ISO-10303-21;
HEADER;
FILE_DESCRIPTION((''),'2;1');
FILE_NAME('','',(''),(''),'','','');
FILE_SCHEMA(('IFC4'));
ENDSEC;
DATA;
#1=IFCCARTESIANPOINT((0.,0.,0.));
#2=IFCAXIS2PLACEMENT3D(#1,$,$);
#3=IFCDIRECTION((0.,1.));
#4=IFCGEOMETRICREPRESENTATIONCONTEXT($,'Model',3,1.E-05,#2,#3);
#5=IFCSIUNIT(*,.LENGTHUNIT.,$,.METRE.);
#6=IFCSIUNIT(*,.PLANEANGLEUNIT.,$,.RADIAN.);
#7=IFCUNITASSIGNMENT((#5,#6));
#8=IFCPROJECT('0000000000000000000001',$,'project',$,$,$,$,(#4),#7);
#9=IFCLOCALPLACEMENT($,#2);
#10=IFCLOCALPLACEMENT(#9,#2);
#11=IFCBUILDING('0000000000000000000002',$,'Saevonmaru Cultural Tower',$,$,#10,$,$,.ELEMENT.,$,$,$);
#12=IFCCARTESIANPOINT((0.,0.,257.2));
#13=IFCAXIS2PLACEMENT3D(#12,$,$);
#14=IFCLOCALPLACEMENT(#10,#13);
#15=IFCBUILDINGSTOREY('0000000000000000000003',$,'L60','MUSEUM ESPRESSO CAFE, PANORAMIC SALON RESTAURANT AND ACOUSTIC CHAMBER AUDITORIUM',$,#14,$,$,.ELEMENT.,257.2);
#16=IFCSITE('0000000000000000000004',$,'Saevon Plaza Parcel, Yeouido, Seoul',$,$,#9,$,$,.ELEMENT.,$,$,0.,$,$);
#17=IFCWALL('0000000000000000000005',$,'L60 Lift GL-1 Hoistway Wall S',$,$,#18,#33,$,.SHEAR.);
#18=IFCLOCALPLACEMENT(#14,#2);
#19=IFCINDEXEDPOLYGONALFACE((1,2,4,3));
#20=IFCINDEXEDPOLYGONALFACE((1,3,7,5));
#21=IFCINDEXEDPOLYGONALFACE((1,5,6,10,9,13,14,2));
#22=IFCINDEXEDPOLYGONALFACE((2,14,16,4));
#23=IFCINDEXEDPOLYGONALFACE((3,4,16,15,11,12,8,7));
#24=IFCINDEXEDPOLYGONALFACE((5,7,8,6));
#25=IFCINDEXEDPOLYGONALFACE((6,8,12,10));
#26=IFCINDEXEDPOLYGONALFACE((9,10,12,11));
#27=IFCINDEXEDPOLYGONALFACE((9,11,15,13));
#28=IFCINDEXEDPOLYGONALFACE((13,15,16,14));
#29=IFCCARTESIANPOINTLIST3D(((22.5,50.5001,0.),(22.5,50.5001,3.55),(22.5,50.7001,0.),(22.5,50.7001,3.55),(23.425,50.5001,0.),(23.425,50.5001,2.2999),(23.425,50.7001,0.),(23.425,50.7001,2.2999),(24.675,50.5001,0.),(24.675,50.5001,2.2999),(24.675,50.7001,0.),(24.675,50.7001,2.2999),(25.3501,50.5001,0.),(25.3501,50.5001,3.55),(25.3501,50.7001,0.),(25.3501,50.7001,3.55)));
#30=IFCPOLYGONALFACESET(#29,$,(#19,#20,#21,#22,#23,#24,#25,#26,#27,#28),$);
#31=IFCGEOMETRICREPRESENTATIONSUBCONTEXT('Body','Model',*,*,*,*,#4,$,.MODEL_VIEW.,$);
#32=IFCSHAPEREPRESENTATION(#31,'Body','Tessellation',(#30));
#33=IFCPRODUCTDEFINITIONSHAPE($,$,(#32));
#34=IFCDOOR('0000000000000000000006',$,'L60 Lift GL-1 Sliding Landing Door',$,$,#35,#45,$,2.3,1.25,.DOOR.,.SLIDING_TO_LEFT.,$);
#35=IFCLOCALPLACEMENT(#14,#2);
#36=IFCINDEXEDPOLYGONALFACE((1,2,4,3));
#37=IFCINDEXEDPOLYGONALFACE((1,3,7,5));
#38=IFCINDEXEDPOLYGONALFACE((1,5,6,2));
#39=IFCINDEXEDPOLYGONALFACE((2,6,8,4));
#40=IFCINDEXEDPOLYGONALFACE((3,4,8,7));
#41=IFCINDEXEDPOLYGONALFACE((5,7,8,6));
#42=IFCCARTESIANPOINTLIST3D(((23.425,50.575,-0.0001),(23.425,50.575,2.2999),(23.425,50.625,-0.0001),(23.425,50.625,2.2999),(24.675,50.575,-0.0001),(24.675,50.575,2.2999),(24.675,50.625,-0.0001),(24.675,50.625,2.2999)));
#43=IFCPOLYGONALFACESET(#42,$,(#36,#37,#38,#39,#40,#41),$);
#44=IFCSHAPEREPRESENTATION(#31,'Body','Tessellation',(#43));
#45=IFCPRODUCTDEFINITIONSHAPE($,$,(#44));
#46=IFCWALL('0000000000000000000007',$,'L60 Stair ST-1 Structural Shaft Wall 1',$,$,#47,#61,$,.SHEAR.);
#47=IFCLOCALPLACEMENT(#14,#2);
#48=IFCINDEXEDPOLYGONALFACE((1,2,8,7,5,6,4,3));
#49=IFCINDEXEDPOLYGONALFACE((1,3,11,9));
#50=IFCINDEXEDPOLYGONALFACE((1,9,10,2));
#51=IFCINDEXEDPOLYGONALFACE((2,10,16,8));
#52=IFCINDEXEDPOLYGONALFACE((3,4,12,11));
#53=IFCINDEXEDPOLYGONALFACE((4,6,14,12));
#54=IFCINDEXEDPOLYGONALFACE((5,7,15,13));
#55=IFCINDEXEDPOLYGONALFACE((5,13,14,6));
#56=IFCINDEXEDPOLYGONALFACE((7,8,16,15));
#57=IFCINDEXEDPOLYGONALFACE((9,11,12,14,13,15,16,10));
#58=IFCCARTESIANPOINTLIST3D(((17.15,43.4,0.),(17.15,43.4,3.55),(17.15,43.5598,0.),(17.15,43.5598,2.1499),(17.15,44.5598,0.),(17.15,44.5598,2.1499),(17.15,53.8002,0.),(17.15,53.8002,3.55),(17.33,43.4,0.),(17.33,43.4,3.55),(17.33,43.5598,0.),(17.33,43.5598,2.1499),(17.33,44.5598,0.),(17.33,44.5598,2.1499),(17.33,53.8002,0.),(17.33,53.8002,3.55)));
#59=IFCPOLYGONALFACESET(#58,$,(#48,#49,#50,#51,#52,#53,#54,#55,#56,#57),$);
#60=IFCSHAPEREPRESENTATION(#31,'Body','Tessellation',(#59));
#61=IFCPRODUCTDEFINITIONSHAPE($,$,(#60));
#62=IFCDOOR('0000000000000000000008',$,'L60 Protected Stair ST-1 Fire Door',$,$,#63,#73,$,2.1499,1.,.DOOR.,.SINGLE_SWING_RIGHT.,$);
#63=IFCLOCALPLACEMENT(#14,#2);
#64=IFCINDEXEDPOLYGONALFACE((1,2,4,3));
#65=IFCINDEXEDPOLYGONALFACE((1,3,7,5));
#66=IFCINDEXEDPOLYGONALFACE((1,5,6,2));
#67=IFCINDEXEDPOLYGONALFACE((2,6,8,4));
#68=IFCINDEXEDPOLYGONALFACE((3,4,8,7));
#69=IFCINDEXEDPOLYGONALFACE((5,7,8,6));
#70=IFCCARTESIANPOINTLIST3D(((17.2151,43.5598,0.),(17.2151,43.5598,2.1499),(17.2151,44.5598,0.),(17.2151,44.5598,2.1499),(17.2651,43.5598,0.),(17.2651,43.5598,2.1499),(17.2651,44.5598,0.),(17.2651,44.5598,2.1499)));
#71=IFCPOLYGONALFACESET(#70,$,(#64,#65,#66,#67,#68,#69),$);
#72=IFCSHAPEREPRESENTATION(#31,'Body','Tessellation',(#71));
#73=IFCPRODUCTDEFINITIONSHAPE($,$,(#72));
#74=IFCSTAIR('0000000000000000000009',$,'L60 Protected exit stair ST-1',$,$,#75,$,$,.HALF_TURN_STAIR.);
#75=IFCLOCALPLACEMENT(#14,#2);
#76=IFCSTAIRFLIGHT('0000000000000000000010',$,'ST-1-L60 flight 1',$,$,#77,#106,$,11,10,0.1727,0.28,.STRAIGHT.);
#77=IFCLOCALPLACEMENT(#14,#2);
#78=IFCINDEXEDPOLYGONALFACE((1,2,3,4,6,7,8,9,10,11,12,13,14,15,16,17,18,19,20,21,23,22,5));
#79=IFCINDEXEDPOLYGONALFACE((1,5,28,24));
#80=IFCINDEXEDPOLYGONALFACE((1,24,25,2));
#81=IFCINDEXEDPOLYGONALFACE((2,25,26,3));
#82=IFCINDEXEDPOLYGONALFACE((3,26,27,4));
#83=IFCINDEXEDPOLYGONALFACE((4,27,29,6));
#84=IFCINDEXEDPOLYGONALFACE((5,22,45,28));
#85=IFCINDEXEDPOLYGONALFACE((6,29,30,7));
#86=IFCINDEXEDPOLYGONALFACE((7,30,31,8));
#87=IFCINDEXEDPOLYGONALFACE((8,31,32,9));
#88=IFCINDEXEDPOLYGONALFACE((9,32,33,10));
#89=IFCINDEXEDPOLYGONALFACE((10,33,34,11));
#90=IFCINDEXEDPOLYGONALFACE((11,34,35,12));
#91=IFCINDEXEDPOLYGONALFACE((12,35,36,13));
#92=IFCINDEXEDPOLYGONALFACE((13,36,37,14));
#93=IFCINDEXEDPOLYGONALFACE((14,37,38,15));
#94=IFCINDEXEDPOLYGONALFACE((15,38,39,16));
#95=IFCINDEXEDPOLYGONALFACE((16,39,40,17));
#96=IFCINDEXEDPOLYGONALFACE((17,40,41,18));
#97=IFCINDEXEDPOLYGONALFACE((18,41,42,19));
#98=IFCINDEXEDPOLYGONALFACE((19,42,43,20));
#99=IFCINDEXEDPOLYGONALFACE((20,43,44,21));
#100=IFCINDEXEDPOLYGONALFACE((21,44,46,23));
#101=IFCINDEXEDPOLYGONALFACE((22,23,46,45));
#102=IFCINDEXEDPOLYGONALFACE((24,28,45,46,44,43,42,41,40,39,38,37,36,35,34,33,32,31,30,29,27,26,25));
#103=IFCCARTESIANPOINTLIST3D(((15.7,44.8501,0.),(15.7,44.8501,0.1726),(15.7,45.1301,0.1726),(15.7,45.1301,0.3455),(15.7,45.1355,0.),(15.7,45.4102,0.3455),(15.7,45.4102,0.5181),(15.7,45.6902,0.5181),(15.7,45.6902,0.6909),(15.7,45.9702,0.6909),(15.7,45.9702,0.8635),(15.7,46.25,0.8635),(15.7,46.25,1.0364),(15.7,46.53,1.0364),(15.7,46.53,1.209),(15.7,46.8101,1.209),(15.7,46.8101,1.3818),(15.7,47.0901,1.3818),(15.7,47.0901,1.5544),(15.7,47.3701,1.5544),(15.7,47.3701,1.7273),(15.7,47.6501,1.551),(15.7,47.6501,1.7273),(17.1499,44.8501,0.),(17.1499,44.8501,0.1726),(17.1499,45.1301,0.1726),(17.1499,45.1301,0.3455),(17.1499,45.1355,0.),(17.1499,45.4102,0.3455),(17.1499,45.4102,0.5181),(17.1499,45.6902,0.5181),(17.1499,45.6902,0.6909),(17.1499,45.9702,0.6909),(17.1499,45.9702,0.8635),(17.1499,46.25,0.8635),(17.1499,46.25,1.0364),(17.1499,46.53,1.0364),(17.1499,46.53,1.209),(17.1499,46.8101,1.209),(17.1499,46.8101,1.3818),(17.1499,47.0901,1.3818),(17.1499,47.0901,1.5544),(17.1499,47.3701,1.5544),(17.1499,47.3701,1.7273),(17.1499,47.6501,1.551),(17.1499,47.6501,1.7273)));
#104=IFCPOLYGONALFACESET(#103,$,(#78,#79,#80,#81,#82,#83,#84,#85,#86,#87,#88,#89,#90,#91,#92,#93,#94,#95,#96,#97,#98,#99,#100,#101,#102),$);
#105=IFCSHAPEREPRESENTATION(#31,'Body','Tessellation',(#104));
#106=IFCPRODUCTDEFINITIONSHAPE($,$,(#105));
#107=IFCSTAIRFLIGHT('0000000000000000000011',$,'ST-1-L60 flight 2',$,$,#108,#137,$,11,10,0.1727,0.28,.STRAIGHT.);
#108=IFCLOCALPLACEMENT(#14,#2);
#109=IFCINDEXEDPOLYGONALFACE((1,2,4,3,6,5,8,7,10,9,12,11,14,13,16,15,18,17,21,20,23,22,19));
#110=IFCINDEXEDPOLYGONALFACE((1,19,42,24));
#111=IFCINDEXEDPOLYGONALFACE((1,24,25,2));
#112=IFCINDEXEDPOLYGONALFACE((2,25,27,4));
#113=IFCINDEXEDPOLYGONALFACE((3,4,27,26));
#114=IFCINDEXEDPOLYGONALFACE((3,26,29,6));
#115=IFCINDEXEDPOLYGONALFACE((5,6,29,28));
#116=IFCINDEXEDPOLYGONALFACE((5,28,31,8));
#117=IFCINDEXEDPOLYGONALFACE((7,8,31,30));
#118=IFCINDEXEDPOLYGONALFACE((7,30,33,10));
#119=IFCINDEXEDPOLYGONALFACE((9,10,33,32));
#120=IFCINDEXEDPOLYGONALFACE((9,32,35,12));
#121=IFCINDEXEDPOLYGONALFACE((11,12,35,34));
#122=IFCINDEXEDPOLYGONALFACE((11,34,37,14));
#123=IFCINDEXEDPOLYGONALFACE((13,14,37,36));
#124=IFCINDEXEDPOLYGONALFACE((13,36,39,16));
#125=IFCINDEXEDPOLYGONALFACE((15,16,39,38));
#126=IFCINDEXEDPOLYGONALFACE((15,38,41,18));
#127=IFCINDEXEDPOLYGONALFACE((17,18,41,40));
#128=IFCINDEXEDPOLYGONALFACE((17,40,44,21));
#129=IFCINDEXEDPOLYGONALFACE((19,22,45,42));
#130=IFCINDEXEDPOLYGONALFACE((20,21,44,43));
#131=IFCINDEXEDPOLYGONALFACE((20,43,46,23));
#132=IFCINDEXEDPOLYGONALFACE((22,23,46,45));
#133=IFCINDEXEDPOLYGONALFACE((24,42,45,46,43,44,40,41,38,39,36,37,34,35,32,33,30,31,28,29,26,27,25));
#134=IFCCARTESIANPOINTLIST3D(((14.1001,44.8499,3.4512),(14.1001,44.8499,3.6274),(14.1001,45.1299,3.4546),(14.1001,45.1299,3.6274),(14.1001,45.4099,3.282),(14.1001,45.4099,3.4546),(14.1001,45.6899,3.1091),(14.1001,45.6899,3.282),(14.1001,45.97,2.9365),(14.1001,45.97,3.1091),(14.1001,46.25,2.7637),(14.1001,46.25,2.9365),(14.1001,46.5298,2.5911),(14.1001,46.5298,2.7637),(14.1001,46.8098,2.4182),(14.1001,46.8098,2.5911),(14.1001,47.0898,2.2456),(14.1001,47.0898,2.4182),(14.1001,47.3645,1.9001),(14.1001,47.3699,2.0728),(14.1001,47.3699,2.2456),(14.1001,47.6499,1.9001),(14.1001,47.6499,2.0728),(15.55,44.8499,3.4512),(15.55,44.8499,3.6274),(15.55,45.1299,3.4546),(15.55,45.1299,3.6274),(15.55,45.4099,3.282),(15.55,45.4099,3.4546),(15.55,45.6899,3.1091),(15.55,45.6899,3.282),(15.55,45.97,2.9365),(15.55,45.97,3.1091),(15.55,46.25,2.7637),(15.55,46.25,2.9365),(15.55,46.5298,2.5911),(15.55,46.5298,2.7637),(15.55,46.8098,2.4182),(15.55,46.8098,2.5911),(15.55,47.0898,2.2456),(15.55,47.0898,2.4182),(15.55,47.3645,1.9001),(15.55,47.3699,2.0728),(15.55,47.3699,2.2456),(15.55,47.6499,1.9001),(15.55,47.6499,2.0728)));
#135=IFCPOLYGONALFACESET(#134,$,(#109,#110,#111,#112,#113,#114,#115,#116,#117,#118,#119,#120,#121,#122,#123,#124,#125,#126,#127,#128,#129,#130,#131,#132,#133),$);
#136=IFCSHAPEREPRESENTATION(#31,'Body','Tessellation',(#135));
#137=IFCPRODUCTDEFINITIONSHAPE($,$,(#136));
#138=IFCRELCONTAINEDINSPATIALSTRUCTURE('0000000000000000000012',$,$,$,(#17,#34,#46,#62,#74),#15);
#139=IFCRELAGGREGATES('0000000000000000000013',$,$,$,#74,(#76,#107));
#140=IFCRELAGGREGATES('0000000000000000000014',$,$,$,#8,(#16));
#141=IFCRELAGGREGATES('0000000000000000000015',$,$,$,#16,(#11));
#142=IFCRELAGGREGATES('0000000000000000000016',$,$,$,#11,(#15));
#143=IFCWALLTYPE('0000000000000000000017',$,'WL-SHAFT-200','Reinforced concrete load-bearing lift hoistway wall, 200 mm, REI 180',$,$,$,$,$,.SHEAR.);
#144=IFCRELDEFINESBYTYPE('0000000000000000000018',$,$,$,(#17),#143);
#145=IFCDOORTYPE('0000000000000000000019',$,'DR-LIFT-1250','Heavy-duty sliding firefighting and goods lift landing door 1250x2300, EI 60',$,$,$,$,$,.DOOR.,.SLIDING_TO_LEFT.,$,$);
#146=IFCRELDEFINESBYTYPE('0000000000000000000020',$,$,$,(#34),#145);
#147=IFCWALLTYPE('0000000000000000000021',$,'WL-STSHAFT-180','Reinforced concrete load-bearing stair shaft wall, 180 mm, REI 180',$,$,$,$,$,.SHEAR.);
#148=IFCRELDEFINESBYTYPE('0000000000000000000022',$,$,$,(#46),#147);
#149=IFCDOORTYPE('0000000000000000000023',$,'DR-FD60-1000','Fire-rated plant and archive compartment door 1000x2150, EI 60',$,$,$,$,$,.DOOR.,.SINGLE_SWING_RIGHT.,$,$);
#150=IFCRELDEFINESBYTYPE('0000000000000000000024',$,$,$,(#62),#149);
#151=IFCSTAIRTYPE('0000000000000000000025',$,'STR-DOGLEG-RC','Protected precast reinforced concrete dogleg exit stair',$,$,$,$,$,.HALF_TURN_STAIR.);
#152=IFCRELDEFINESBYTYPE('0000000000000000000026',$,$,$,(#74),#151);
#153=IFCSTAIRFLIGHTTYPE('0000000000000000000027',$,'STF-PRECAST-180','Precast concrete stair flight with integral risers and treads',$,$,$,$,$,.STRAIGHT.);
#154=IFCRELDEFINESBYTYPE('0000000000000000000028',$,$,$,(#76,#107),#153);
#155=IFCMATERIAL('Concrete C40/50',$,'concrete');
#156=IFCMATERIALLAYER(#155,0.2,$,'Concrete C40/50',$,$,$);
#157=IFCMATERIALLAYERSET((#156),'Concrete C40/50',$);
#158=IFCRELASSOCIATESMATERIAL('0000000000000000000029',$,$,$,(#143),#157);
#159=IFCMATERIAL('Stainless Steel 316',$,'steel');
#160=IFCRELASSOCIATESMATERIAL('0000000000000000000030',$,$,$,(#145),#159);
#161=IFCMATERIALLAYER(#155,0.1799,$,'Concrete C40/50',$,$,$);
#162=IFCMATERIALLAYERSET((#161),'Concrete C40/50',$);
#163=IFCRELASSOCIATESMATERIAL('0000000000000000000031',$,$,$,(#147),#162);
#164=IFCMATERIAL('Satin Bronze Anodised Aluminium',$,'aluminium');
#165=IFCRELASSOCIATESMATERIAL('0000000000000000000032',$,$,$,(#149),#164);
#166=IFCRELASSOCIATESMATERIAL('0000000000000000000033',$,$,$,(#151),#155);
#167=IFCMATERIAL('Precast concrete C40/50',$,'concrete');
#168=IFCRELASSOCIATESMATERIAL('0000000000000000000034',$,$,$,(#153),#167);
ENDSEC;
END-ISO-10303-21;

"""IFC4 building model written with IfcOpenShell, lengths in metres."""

from ifc_helpers import new_model, si_unit, direction, frame, frame_2d, origin, place, context, subcontext, project, spatial, polyline, rectangle, outline, extrude, material, layer, layer_set, type_object, element, fill, aggregate, save


model = new_model("IFC4")

# Units and contexts
model_context = context("Model", 3, precision=1e-05, world=origin(), true_north=direction((0.0, 1.0)))
body_context = subcontext(model_context, "Body", "Model", "MODEL_VIEW")
ifc_project = project(units=[si_unit("LENGTHUNIT", "METRE"), si_unit("PLANEANGLEUNIT", "RADIAN")], contexts=[model_context])

# Site, building, storey
site_placement = place(None, origin())
site = spatial("IfcSite", under=ifc_project, at=site_placement, Name="Saevon Plaza Parcel, Yeouido, Seoul", CompositionType="ELEMENT", RefElevation=0.0)
building_placement = place(site_placement, origin())
building = spatial("IfcBuilding", under=site, at=building_placement, Name="Saevonmaru Cultural Tower", CompositionType="ELEMENT")
storey_placement = place(building_placement, frame((0.0, 0.0, 257.2)))
storey = spatial("IfcBuildingStorey", under=building, at=storey_placement, Name="L60", Description="MUSEUM ESPRESSO CAFE, PANORAMIC SALON RESTAURANT AND ACOUSTIC CHAMBER AUDITORIUM", CompositionType="ELEMENT", Elevation=257.2)

# Shared definitions
ifc_material_1 = material(Name="Satin Bronze Anodised Aluminium", Category="aluminium")
ifc_material_2 = material(Name="Concrete C40/50", Category="concrete")
ifc_layer_1 = layer(ifc_material_2, 0.2, Name="Concrete C40/50")
ifc_layer_set_1 = layer_set([ifc_layer_1], Name="Concrete C40/50")
wall_type_1 = type_object("IfcWallType", Name="WL-SHAFT-200", Description="Reinforced concrete load-bearing lift hoistway wall, 200 mm, REI 180", PredefinedType="SHEAR", material=ifc_layer_set_1)
ifc_material_3 = material(Name="Stainless Steel 316", Category="steel")
door_type_1 = type_object("IfcDoorType", Name="DR-LIFT-1250", Description="Heavy-duty sliding firefighting and goods lift landing door 1250x2300, EI 60", OperationType="SLIDING_TO_LEFT", PredefinedType="DOOR", material=ifc_material_3)

# Walls, openings, doors
wall_1_placement = place(storey_placement, frame((22.5, 50.6001, 0.0), z_axis=(0.0, 0.0, 1.0), x_axis=(1.0, 0.0, 0.0)))
wall_1 = element("IfcWall", 1, at=wall_1_placement, inside=storey, type_object=wall_type_1, Name="L60 Lift GL-1 Hoistway Wall S", PredefinedType="SHEAR", context=body_context, shape_type="SweptSolid", body=[
    extrude(rectangle(XDim=2.8501, YDim=0.2, at=frame_2d((1.425, 0.0))), origin(), (0.0, 0.0, 1.0), 3.55),
])
opening_1_placement = place(wall_1_placement, frame((0.925, 0.0, 0.0)))
opening_1 = element("IfcOpeningElement", 2, at=opening_1_placement, cuts=wall_1, PredefinedType="OPENING", context=body_context, shape_type="SweptSolid", body=[
    extrude(rectangle(XDim=1.25, YDim=2.3, at=frame_2d((0.625, 1.1499))), frame((0.0, 0.1099, 0.0), z_axis=(0.0, -1.0, 0.0), x_axis=(1.0, 0.0, 0.0)), (0.0, 0.0, 1.0), 0.22),
])
door_1_placement = place(opening_1_placement, origin())
door_1 = element("IfcDoor", 3, at=door_1_placement, inside=storey, type_object=door_type_1, Name="L60 Lift GL-1 Sliding Landing Door", OperationType="SLIDING_TO_LEFT", OverallHeight=2.3, OverallWidth=1.25, PredefinedType="DOOR", context=body_context, shape_type="SweptSolid", body=[
    extrude(rectangle(XDim=1.25, YDim=2.3, at=frame_2d((0.625, 1.1499))), frame((0.0, 0.0249, 0.0), z_axis=(0.0, -1.0, 0.0), x_axis=(1.0, 0.0, 0.0)), (0.0, 0.0, 1.0), 0.05),
])
fill(opening_1, door_1)
ifc_layer_2 = layer(ifc_material_2, 0.1799, Name="Concrete C40/50")
ifc_layer_set_2 = layer_set([ifc_layer_2], Name="Concrete C40/50")
wall_type_2 = type_object("IfcWallType", Name="WL-STSHAFT-180", Description="Reinforced concrete load-bearing stair shaft wall, 180 mm, REI 180", PredefinedType="SHEAR", material=ifc_layer_set_2)
wall_2_placement = place(storey_placement, frame((17.24, 43.3999, 0.0), z_axis=(0.0, 0.0, 1.0), x_axis=(0.0, 1.0, 0.0)))
wall_2 = element("IfcWall", 4, at=wall_2_placement, inside=storey, type_object=wall_type_2, Name="L60 Stair ST-1 Structural Shaft Wall 1", PredefinedType="SHEAR", context=body_context, shape_type="SweptSolid", body=[
    extrude(rectangle(XDim=10.4001, YDim=0.1799, at=frame_2d((5.2002, 0.0))), origin(), (0.0, 0.0, 1.0), 3.55),
])
opening_2_placement = place(wall_2_placement, frame((0.1599, 0.0, 0.0)))
opening_2 = element("IfcOpeningElement", 5, at=opening_2_placement, cuts=wall_2, PredefinedType="OPENING", context=body_context, shape_type="SweptSolid", body=[
    extrude(rectangle(XDim=1.0, YDim=2.1499, at=frame_2d((0.5, 1.075))), frame((0.0, 0.1001, 0.0), z_axis=(0.0, -1.0, 0.0), x_axis=(1.0, 0.0, 0.0)), (0.0, 0.0, 1.0), 0.2),
])
door_type_2 = type_object("IfcDoorType", Name="DR-FD60-1000", Description="Fire-rated plant and archive compartment door 1000x2150, EI 60", OperationType="SINGLE_SWING_RIGHT", PredefinedType="DOOR", material=ifc_material_1)
door_2_placement = place(opening_2_placement, origin())
door_2 = element("IfcDoor", 6, at=door_2_placement, inside=storey, type_object=door_type_2, Name="L60 Protected Stair ST-1 Fire Door", OperationType="SINGLE_SWING_RIGHT", OverallHeight=2.1499, OverallWidth=1.0, PredefinedType="DOOR", context=body_context, shape_type="SweptSolid", body=[
    extrude(rectangle(XDim=1.0, YDim=2.1499, at=frame_2d((0.5, 1.075))), frame((0.0, 0.0249, 0.0), z_axis=(0.0, -1.0, 0.0), x_axis=(1.0, 0.0, 0.0)), (0.0, 0.0, 1.0), 0.05),
])
fill(opening_2, door_2)

# Stair, stair flights
stair_type = type_object("IfcStairType", Name="STR-DOGLEG-RC", Description="Protected precast reinforced concrete dogleg exit stair", PredefinedType="HALF_TURN_STAIR", material=ifc_material_2)
stair_placement = place(storey_placement, origin())
stair = element("IfcStair", 7, at=stair_placement, inside=storey, type_object=stair_type, Name="L60 Protected exit stair ST-1", PredefinedType="HALF_TURN_STAIR")
ifc_material_4 = material(Name="Precast concrete C40/50", Category="concrete")
stair_flight_type = type_object("IfcStairFlightType", Name="STF-PRECAST-180", Description="Precast concrete stair flight with integral risers and treads", PredefinedType="STRAIGHT", material=ifc_material_4)
stair_flight_1_placement = place(storey_placement, frame((16.425, 44.8501, 0.0), z_axis=(0.0, 0.0, 1.0), x_axis=(0.0, 1.0, 0.0)))
stair_flight_1 = element("IfcStairFlight", 8, at=stair_flight_1_placement, type_object=stair_flight_type, Name="ST-1-L60 flight 1", NumberOfRisers=11, NumberOfTreads=10, PredefinedType="STRAIGHT", RiserHeight=0.1727, TreadLength=0.28, context=body_context, shape_type="SweptSolid", body=[
    extrude(outline(polyline([(0.0, 0.0), (0.0, 0.1726), (0.28, 0.1726), (0.28, 0.3455), (0.5601, 0.3455), (0.5601, 0.5181), (0.8401, 0.5181), (0.8401, 0.6909), (1.1201, 0.6909), (1.1201, 0.8635), (1.3999, 0.8635), (1.3999, 1.0364), (1.6799, 1.0364), (1.6799, 1.209), (1.96, 1.209), (1.96, 1.3818), (2.24, 1.3818), (2.24, 1.5544), (2.52, 1.5544), (2.52, 1.7273), (2.8, 1.7273), (2.8, 1.8999), (2.8, 1.551), (0.2854, 0.0), (0.0, 0.0)])), frame((0.0, 0.7251, 0.0), z_axis=(0.0, -1.0, 0.0), x_axis=(1.0, 0.0, 0.0)), (0.0, 0.0, 1.0), 1.45),
])
stair_flight_2_placement = place(storey_placement, frame((14.825, 47.6499, 1.9001), z_axis=(0.0, 0.0, 1.0), x_axis=(0.0, -1.0, 0.0)))
stair_flight_2 = element("IfcStairFlight", 9, at=stair_flight_2_placement, type_object=stair_flight_type, Name="ST-1-L60 flight 2", NumberOfRisers=11, NumberOfTreads=10, PredefinedType="STRAIGHT", RiserHeight=0.1727, TreadLength=0.28, context=body_context, shape_type="SweptSolid", body=[
    extrude(outline(polyline([(0.0, 0.0), (0.0, 0.1726), (0.28, 0.1726), (0.28, 0.3455), (0.5601, 0.3455), (0.5601, 0.5181), (0.8401, 0.5181), (0.8401, 0.6909), (1.1201, 0.6909), (1.1201, 0.8635), (1.3999, 0.8635), (1.3999, 1.0364), (1.6799, 1.0364), (1.6799, 1.209), (1.96, 1.209), (1.96, 1.3818), (2.24, 1.3818), (2.24, 1.5544), (2.52, 1.5544), (2.52, 1.7273), (2.8, 1.7273), (2.8, 1.8999), (2.8, 1.551), (0.2854, 0.0), (0.0, 0.0)])), frame((0.0, 0.7251, 0.0), z_axis=(0.0, -1.0, 0.0), x_axis=(1.0, 0.0, 0.0)), (0.0, 0.0, 1.0), 1.45),
])
aggregate(stair, [stair_flight_1, stair_flight_2])

save(model, "model.ifc")
